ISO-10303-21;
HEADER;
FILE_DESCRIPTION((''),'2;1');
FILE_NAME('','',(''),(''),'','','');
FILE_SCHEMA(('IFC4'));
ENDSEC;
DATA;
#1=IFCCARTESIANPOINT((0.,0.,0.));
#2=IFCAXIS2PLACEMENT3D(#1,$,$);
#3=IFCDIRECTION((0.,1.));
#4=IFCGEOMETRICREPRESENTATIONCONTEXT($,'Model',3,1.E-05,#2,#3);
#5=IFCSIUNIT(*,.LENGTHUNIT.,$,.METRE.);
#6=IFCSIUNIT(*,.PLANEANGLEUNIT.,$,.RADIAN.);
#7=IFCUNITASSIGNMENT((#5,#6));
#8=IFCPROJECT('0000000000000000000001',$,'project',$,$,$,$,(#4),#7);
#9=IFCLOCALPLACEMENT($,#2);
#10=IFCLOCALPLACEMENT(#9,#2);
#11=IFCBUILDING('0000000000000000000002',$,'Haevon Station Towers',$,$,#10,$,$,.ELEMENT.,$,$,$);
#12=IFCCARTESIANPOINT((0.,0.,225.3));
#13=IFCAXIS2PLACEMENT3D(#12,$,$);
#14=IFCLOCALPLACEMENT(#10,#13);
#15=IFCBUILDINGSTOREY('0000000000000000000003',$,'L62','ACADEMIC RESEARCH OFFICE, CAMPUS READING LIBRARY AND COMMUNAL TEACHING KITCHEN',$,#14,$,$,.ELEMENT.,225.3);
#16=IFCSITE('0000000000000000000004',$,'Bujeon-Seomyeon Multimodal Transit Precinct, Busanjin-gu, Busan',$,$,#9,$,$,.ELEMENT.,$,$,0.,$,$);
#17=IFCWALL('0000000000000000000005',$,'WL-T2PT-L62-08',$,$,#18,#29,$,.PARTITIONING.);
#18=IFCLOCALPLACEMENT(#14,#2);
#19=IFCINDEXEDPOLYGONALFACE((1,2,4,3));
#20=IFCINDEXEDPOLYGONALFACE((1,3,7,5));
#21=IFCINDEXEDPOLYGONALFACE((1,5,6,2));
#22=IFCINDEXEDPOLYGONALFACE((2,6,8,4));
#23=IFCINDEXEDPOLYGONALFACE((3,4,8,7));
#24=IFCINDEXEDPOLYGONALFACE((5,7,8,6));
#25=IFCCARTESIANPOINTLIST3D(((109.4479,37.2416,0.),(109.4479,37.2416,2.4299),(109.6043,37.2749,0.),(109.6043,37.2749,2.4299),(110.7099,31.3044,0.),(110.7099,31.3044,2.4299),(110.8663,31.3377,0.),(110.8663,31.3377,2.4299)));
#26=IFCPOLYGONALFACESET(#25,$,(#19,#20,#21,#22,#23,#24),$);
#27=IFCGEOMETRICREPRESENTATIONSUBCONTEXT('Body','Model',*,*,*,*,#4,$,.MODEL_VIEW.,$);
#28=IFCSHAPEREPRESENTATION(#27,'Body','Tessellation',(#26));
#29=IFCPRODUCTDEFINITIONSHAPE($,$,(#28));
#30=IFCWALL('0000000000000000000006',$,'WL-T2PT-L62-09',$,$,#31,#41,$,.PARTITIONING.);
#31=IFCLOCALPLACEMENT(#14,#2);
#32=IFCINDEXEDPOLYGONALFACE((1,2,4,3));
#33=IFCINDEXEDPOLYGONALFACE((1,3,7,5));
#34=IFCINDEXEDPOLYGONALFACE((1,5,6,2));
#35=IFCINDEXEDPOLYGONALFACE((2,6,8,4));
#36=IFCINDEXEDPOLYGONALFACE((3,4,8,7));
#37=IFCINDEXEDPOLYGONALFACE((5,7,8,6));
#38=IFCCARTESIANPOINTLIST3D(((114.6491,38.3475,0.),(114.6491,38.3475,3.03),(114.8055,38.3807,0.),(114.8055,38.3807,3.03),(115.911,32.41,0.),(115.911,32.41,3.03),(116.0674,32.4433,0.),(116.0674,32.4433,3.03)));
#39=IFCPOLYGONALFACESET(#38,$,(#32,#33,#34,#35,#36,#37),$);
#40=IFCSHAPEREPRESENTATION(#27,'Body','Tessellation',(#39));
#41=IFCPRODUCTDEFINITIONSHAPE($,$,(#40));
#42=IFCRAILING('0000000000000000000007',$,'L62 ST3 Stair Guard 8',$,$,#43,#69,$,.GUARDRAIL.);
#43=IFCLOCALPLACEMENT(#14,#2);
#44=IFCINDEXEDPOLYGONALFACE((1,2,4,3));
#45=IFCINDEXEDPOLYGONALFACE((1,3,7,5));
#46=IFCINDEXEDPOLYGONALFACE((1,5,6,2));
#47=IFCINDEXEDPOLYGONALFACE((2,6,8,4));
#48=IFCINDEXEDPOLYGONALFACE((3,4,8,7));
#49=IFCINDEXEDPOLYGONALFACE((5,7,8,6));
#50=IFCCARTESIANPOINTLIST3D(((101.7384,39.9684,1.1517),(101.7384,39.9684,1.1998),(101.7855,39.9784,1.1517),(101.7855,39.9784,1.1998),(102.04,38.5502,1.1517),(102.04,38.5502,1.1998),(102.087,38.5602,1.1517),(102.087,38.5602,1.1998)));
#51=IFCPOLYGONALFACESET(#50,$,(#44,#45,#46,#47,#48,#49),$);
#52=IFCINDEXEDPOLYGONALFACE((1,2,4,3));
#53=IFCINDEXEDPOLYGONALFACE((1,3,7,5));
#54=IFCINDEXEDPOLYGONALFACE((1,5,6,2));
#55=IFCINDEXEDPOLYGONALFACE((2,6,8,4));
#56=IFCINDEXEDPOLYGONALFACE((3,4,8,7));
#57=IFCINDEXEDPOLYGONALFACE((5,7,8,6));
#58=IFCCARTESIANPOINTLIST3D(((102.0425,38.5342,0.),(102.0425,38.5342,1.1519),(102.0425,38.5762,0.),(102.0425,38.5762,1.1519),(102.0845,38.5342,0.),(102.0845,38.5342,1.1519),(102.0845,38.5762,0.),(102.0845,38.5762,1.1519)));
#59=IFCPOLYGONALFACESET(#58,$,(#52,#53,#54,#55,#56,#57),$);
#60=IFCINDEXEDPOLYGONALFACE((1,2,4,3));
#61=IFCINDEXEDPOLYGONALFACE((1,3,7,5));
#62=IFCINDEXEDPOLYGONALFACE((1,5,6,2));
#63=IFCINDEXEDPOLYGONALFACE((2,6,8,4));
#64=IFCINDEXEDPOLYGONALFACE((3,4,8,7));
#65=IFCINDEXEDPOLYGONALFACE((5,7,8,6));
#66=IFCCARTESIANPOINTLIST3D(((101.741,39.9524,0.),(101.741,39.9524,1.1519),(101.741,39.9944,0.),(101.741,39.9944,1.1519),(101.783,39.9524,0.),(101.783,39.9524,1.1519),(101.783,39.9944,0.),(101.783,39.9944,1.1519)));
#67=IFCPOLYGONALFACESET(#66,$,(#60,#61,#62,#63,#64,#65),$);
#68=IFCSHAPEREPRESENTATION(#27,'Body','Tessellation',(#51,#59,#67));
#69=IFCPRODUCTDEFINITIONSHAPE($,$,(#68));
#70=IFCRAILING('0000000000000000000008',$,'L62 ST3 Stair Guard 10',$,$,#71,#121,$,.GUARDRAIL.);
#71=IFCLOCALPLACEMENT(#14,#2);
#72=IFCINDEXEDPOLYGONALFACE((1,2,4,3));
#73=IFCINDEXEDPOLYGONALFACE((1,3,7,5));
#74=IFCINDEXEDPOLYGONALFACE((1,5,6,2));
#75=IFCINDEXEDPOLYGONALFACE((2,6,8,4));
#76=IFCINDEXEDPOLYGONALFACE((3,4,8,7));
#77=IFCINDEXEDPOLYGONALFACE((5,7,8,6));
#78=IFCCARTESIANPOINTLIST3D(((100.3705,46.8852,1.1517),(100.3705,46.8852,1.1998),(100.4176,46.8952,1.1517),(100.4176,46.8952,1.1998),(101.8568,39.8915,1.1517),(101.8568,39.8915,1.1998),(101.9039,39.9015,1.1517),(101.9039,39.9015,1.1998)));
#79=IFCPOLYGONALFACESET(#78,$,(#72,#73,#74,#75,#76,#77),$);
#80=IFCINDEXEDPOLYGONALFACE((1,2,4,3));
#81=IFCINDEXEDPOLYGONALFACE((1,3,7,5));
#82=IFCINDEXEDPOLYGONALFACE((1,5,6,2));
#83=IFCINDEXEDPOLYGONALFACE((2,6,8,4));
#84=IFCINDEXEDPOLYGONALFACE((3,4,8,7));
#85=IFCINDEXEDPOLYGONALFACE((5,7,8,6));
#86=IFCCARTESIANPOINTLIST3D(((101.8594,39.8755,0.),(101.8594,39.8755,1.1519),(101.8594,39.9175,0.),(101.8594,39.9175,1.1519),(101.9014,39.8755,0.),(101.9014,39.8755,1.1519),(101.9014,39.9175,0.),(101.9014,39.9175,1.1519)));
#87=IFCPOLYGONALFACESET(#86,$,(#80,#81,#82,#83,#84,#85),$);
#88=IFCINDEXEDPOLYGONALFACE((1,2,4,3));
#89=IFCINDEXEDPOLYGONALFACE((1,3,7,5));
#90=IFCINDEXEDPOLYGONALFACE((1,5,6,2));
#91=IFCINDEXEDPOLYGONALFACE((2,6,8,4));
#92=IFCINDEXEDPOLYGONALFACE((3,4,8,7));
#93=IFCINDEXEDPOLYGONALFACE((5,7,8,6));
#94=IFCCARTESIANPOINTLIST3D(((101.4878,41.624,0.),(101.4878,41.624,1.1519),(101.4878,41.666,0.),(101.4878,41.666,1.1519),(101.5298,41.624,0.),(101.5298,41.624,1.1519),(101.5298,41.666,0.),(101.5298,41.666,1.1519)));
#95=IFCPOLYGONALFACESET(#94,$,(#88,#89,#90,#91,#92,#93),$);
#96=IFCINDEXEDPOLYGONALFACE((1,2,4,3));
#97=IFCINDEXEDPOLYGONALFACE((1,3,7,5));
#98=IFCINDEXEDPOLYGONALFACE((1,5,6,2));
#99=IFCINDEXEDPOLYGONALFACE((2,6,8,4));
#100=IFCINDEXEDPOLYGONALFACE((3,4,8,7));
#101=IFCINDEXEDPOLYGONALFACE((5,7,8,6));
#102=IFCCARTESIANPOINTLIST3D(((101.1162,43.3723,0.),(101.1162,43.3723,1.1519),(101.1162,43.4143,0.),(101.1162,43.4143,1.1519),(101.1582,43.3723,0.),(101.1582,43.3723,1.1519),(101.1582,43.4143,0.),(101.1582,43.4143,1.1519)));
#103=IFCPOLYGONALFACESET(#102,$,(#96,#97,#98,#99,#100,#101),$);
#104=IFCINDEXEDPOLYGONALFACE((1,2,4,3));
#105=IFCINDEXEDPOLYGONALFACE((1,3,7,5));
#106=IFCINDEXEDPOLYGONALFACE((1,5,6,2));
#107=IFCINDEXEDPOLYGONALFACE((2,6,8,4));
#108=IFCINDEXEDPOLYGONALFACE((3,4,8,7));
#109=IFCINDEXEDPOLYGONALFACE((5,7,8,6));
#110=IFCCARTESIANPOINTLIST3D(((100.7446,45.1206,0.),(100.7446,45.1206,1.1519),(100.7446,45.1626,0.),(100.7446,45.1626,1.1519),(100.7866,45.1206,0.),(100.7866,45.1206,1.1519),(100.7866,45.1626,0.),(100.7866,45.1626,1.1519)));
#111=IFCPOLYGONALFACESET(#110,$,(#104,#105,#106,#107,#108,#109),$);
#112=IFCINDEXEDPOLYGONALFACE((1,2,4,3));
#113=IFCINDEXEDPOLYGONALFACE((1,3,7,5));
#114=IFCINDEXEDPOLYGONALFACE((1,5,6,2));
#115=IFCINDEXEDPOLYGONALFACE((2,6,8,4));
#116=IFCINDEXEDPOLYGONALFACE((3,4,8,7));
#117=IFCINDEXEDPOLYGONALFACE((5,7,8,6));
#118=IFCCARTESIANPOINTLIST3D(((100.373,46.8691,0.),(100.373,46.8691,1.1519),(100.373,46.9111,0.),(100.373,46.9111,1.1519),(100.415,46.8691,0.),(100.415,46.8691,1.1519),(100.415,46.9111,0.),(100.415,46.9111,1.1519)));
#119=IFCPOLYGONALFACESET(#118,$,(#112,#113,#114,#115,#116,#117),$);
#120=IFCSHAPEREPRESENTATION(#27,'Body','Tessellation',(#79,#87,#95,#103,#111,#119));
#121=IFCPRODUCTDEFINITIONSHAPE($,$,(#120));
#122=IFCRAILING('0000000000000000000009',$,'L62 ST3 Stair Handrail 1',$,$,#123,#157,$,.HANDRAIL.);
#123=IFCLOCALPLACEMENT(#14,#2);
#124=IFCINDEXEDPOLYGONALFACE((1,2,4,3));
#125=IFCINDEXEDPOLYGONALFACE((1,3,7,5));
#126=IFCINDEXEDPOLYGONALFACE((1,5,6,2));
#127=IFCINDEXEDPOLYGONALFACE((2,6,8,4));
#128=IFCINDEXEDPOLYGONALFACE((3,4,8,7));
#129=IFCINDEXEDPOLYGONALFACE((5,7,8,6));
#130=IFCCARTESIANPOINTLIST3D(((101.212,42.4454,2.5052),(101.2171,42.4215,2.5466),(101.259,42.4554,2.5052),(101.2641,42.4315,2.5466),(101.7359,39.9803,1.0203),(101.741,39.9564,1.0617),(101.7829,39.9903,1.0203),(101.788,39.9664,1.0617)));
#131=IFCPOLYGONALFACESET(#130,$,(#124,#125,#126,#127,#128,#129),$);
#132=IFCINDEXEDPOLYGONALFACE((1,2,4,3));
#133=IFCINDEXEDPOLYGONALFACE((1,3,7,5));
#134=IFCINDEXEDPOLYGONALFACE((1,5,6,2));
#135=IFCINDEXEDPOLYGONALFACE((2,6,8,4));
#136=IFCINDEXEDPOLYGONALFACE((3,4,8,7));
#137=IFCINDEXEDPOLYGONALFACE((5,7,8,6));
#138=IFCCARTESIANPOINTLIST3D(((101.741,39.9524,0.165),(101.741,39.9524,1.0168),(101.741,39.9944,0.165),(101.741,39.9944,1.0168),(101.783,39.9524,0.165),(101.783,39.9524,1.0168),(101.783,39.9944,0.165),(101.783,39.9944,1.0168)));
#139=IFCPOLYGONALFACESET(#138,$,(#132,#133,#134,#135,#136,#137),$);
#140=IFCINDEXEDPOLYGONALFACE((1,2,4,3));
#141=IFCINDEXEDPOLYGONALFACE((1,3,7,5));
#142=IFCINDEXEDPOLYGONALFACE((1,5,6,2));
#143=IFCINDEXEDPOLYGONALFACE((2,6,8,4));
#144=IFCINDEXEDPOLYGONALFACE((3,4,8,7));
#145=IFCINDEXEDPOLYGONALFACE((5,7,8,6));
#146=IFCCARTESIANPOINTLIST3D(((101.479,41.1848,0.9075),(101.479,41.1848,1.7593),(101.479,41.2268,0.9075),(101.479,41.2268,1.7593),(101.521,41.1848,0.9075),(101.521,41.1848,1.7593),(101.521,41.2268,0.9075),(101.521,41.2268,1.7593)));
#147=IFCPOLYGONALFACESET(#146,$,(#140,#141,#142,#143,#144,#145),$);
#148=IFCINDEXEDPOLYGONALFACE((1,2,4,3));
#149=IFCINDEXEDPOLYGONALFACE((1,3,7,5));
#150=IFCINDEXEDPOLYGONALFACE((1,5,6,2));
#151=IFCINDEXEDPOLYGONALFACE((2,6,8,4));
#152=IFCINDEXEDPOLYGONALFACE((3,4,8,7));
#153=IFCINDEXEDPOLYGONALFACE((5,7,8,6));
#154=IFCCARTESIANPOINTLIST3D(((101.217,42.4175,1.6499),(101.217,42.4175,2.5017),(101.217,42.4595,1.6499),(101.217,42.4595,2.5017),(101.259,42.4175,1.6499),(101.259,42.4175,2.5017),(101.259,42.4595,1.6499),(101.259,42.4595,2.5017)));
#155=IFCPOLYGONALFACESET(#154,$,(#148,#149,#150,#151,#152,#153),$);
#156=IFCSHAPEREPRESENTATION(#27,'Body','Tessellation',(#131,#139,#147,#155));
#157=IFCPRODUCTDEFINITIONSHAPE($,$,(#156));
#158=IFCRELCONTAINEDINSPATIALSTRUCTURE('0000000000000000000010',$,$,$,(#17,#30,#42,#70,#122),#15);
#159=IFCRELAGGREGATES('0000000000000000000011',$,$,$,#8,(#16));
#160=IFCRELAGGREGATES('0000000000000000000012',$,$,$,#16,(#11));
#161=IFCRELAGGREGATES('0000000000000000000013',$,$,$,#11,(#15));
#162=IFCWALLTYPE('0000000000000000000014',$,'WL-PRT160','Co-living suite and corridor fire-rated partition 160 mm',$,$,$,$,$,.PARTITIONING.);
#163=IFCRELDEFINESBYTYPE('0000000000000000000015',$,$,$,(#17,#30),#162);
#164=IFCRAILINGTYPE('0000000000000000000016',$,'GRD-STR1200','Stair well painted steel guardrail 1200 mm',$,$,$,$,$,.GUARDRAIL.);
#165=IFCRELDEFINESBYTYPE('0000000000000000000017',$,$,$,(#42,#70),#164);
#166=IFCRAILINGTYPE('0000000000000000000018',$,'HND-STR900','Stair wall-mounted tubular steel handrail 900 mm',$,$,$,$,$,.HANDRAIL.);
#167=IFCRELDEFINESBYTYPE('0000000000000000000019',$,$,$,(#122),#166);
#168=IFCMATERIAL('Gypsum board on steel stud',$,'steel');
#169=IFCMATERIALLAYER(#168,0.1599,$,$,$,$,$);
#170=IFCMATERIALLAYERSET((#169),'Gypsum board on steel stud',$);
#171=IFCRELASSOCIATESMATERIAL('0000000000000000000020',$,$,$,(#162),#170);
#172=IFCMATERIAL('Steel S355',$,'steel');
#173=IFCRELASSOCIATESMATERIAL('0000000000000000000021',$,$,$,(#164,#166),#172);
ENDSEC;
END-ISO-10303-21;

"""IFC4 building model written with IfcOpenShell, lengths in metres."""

from ifc_helpers import new_model, si_unit, direction, frame, frame_2d, origin, origin_2d, place, context, subcontext, project, spatial, rectangle, extrude, material, layer, layer_set, type_object, element, save


model = new_model("IFC4")

# Units and contexts
model_context = context("Model", 3, precision=1e-05, world=origin(), true_north=direction((0.0, 1.0)))
body_context = subcontext(model_context, "Body", "Model", "MODEL_VIEW")
ifc_project = project(units=[si_unit("LENGTHUNIT", "METRE"), si_unit("PLANEANGLEUNIT", "RADIAN")], contexts=[model_context])

# Site, building, storey
site_placement = place(None, origin())
site = spatial("IfcSite", under=ifc_project, at=site_placement, Name="Bujeon-Seomyeon Multimodal Transit Precinct, Busanjin-gu, Busan", CompositionType="ELEMENT", RefElevation=0.0)
building_placement = place(site_placement, origin())
building = spatial("IfcBuilding", under=site, at=building_placement, Name="Haevon Station Towers", CompositionType="ELEMENT")
storey_placement = place(building_placement, frame((0.0, 0.0, 225.3)))
storey = spatial("IfcBuildingStorey", under=building, at=storey_placement, Name="L62", Description="ACADEMIC RESEARCH OFFICE, CAMPUS READING LIBRARY AND COMMUNAL TEACHING KITCHEN", CompositionType="ELEMENT", Elevation=225.3)

# Shared definitions
ifc_material_1 = material(Name="Steel S355", Category="steel")

# Shared definitions
ifc_material_2 = material(Name="Gypsum board on steel stud", Category="steel")

# Walls
ifc_layer_1 = layer(ifc_material_2, 0.1599)
ifc_layer_set_1 = layer_set([ifc_layer_1], Name="Gypsum board on steel stud")
wall_type_1 = type_object("IfcWallType", Name="WL-PRT160", Description="Co-living suite and corridor fire-rated partition 160 mm", PredefinedType="PARTITIONING", material=ifc_layer_set_1)
wall_1_placement = place(storey_placement, frame((110.7881, 31.321, 0.0), z_axis=(0.0, 0.0, 1.0), x_axis=(-0.207905, 0.978149, 0.0)))
element("IfcWall", 1, at=wall_1_placement, inside=storey, type_object=wall_type_1, Name="WL-T2PT-L62-08", PredefinedType="PARTITIONING", context=body_context, shape_type="SweptSolid", body=[
    extrude(rectangle(XDim=6.0698, YDim=0.1599, at=frame_2d((3.0349, 0.0))), origin(), (0.0, 0.0, 1.0), 2.4299),
])
wall_2_placement = place(storey_placement, frame((115.9893, 32.4265, 0.0), z_axis=(0.0, 0.0, 1.0), x_axis=(-0.207897, 0.978151, 0.0)))
element("IfcWall", 2, at=wall_2_placement, inside=storey, type_object=wall_type_1, Name="WL-T2PT-L62-09", PredefinedType="PARTITIONING", context=body_context, shape_type="SweptSolid", body=[
    extrude(rectangle(XDim=6.0701, YDim=0.1599, at=frame_2d((3.0352, 0.0))), origin(), (0.0, 0.0, 1.0), 3.03),
])

# Railings
railing_type_1 = type_object("IfcRailingType", Name="GRD-STR1200", Description="Stair well painted steel guardrail 1200 mm", PredefinedType="GUARDRAIL", material=ifc_material_1)
railing_1_placement = place(storey_placement, frame((102.0635, 38.5552, 0.0)))
element("IfcRailing", 3, at=railing_1_placement, inside=storey, type_object=railing_type_1, Name="L62 ST3 Stair Guard 8", PredefinedType="GUARDRAIL", context=body_context, shape_type="SweptSolid", body=[
    extrude(rectangle(XDim=0.0481, YDim=0.0481, at=origin_2d()), frame((0.0, 0.0, 1.1758), z_axis=(-0.207953, 0.978139, 0.0), x_axis=(-0.978139, -0.207953, 0.0)), (0.0, 0.0, 1.0), 1.45),
    extrude(rectangle(XDim=0.042, YDim=0.042, at=origin_2d()), origin(), (0.0, 0.0, 1.0), 1.1519),
    extrude(rectangle(XDim=0.042, YDim=0.042, at=origin_2d()), frame((-0.3015, 1.4182, 0.0)), (0.0, 0.0, 1.0), 1.1519),
])
railing_2_placement = place(storey_placement, frame((101.8804, 39.8965, 0.0)))
element("IfcRailing", 4, at=railing_2_placement, inside=storey, type_object=railing_type_1, Name="L62 ST3 Stair Guard 10", PredefinedType="GUARDRAIL", context=body_context, shape_type="SweptSolid", body=[
    extrude(rectangle(XDim=0.0481, YDim=0.0481, at=origin_2d()), frame((0.0, 0.0, 1.1758), z_axis=(-0.207882, 0.978154, 0.0), x_axis=(-0.978154, -0.207882, 0.0)), (0.0, 0.0, 1.0), 7.1499),
    extrude(rectangle(XDim=0.042, YDim=0.042, at=origin_2d()), origin(), (0.0, 0.0, 1.0), 1.1519),
    extrude(rectangle(XDim=0.042, YDim=0.042, at=origin_2d()), frame((-0.3716, 1.7485, 0.0)), (0.0, 0.0, 1.0), 1.1519),
    extrude(rectangle(XDim=0.042, YDim=0.042, at=origin_2d()), frame((-0.7432, 3.4968, 0.0)), (0.0, 0.0, 1.0), 1.1519),
    extrude(rectangle(XDim=0.042, YDim=0.042, at=origin_2d()), frame((-1.1147, 5.2451, 0.0)), (0.0, 0.0, 1.0), 1.1519),
    extrude(rectangle(XDim=0.042, YDim=0.042, at=origin_2d()), frame((-1.4863, 6.9937, 0.0)), (0.0, 0.0, 1.0), 1.1519),
])
railing_type_2 = type_object("IfcRailingType", Name="HND-STR900", Description="Stair wall-mounted tubular steel handrail 900 mm", PredefinedType="HANDRAIL", material=ifc_material_1)
railing_3_placement = place(storey_placement, frame((101.762, 39.9734, 0.165)))
element("IfcRailing", 5, at=railing_3_placement, inside=storey, type_object=railing_type_2, Name="L62 ST3 Stair Handrail 1", PredefinedType="HANDRAIL", context=body_context, shape_type="SweptSolid", body=[
    extrude(rectangle(XDim=0.0481, YDim=0.0481, at=origin_2d()), frame((0.0, 0.0, 0.876), z_axis=(-0.179116, 0.842748, 0.507635), x_axis=(-0.978151, -0.207895, 0.0)), (0.0, 0.0, 1.0), 2.925),
    extrude(rectangle(XDim=0.042, YDim=0.042, at=origin_2d()), origin(), (0.0, 0.0, 1.0), 0.8518),
    extrude(rectangle(XDim=0.042, YDim=0.042, at=origin_2d()), frame((-0.262, 1.2324, 0.7424)), (0.0, 0.0, 1.0), 0.8518),
    extrude(rectangle(XDim=0.042, YDim=0.042, at=origin_2d()), frame((-0.5239, 2.4651, 1.4849)), (0.0, 0.0, 1.0), 0.8518),
])

save(model, "model.ifc")
